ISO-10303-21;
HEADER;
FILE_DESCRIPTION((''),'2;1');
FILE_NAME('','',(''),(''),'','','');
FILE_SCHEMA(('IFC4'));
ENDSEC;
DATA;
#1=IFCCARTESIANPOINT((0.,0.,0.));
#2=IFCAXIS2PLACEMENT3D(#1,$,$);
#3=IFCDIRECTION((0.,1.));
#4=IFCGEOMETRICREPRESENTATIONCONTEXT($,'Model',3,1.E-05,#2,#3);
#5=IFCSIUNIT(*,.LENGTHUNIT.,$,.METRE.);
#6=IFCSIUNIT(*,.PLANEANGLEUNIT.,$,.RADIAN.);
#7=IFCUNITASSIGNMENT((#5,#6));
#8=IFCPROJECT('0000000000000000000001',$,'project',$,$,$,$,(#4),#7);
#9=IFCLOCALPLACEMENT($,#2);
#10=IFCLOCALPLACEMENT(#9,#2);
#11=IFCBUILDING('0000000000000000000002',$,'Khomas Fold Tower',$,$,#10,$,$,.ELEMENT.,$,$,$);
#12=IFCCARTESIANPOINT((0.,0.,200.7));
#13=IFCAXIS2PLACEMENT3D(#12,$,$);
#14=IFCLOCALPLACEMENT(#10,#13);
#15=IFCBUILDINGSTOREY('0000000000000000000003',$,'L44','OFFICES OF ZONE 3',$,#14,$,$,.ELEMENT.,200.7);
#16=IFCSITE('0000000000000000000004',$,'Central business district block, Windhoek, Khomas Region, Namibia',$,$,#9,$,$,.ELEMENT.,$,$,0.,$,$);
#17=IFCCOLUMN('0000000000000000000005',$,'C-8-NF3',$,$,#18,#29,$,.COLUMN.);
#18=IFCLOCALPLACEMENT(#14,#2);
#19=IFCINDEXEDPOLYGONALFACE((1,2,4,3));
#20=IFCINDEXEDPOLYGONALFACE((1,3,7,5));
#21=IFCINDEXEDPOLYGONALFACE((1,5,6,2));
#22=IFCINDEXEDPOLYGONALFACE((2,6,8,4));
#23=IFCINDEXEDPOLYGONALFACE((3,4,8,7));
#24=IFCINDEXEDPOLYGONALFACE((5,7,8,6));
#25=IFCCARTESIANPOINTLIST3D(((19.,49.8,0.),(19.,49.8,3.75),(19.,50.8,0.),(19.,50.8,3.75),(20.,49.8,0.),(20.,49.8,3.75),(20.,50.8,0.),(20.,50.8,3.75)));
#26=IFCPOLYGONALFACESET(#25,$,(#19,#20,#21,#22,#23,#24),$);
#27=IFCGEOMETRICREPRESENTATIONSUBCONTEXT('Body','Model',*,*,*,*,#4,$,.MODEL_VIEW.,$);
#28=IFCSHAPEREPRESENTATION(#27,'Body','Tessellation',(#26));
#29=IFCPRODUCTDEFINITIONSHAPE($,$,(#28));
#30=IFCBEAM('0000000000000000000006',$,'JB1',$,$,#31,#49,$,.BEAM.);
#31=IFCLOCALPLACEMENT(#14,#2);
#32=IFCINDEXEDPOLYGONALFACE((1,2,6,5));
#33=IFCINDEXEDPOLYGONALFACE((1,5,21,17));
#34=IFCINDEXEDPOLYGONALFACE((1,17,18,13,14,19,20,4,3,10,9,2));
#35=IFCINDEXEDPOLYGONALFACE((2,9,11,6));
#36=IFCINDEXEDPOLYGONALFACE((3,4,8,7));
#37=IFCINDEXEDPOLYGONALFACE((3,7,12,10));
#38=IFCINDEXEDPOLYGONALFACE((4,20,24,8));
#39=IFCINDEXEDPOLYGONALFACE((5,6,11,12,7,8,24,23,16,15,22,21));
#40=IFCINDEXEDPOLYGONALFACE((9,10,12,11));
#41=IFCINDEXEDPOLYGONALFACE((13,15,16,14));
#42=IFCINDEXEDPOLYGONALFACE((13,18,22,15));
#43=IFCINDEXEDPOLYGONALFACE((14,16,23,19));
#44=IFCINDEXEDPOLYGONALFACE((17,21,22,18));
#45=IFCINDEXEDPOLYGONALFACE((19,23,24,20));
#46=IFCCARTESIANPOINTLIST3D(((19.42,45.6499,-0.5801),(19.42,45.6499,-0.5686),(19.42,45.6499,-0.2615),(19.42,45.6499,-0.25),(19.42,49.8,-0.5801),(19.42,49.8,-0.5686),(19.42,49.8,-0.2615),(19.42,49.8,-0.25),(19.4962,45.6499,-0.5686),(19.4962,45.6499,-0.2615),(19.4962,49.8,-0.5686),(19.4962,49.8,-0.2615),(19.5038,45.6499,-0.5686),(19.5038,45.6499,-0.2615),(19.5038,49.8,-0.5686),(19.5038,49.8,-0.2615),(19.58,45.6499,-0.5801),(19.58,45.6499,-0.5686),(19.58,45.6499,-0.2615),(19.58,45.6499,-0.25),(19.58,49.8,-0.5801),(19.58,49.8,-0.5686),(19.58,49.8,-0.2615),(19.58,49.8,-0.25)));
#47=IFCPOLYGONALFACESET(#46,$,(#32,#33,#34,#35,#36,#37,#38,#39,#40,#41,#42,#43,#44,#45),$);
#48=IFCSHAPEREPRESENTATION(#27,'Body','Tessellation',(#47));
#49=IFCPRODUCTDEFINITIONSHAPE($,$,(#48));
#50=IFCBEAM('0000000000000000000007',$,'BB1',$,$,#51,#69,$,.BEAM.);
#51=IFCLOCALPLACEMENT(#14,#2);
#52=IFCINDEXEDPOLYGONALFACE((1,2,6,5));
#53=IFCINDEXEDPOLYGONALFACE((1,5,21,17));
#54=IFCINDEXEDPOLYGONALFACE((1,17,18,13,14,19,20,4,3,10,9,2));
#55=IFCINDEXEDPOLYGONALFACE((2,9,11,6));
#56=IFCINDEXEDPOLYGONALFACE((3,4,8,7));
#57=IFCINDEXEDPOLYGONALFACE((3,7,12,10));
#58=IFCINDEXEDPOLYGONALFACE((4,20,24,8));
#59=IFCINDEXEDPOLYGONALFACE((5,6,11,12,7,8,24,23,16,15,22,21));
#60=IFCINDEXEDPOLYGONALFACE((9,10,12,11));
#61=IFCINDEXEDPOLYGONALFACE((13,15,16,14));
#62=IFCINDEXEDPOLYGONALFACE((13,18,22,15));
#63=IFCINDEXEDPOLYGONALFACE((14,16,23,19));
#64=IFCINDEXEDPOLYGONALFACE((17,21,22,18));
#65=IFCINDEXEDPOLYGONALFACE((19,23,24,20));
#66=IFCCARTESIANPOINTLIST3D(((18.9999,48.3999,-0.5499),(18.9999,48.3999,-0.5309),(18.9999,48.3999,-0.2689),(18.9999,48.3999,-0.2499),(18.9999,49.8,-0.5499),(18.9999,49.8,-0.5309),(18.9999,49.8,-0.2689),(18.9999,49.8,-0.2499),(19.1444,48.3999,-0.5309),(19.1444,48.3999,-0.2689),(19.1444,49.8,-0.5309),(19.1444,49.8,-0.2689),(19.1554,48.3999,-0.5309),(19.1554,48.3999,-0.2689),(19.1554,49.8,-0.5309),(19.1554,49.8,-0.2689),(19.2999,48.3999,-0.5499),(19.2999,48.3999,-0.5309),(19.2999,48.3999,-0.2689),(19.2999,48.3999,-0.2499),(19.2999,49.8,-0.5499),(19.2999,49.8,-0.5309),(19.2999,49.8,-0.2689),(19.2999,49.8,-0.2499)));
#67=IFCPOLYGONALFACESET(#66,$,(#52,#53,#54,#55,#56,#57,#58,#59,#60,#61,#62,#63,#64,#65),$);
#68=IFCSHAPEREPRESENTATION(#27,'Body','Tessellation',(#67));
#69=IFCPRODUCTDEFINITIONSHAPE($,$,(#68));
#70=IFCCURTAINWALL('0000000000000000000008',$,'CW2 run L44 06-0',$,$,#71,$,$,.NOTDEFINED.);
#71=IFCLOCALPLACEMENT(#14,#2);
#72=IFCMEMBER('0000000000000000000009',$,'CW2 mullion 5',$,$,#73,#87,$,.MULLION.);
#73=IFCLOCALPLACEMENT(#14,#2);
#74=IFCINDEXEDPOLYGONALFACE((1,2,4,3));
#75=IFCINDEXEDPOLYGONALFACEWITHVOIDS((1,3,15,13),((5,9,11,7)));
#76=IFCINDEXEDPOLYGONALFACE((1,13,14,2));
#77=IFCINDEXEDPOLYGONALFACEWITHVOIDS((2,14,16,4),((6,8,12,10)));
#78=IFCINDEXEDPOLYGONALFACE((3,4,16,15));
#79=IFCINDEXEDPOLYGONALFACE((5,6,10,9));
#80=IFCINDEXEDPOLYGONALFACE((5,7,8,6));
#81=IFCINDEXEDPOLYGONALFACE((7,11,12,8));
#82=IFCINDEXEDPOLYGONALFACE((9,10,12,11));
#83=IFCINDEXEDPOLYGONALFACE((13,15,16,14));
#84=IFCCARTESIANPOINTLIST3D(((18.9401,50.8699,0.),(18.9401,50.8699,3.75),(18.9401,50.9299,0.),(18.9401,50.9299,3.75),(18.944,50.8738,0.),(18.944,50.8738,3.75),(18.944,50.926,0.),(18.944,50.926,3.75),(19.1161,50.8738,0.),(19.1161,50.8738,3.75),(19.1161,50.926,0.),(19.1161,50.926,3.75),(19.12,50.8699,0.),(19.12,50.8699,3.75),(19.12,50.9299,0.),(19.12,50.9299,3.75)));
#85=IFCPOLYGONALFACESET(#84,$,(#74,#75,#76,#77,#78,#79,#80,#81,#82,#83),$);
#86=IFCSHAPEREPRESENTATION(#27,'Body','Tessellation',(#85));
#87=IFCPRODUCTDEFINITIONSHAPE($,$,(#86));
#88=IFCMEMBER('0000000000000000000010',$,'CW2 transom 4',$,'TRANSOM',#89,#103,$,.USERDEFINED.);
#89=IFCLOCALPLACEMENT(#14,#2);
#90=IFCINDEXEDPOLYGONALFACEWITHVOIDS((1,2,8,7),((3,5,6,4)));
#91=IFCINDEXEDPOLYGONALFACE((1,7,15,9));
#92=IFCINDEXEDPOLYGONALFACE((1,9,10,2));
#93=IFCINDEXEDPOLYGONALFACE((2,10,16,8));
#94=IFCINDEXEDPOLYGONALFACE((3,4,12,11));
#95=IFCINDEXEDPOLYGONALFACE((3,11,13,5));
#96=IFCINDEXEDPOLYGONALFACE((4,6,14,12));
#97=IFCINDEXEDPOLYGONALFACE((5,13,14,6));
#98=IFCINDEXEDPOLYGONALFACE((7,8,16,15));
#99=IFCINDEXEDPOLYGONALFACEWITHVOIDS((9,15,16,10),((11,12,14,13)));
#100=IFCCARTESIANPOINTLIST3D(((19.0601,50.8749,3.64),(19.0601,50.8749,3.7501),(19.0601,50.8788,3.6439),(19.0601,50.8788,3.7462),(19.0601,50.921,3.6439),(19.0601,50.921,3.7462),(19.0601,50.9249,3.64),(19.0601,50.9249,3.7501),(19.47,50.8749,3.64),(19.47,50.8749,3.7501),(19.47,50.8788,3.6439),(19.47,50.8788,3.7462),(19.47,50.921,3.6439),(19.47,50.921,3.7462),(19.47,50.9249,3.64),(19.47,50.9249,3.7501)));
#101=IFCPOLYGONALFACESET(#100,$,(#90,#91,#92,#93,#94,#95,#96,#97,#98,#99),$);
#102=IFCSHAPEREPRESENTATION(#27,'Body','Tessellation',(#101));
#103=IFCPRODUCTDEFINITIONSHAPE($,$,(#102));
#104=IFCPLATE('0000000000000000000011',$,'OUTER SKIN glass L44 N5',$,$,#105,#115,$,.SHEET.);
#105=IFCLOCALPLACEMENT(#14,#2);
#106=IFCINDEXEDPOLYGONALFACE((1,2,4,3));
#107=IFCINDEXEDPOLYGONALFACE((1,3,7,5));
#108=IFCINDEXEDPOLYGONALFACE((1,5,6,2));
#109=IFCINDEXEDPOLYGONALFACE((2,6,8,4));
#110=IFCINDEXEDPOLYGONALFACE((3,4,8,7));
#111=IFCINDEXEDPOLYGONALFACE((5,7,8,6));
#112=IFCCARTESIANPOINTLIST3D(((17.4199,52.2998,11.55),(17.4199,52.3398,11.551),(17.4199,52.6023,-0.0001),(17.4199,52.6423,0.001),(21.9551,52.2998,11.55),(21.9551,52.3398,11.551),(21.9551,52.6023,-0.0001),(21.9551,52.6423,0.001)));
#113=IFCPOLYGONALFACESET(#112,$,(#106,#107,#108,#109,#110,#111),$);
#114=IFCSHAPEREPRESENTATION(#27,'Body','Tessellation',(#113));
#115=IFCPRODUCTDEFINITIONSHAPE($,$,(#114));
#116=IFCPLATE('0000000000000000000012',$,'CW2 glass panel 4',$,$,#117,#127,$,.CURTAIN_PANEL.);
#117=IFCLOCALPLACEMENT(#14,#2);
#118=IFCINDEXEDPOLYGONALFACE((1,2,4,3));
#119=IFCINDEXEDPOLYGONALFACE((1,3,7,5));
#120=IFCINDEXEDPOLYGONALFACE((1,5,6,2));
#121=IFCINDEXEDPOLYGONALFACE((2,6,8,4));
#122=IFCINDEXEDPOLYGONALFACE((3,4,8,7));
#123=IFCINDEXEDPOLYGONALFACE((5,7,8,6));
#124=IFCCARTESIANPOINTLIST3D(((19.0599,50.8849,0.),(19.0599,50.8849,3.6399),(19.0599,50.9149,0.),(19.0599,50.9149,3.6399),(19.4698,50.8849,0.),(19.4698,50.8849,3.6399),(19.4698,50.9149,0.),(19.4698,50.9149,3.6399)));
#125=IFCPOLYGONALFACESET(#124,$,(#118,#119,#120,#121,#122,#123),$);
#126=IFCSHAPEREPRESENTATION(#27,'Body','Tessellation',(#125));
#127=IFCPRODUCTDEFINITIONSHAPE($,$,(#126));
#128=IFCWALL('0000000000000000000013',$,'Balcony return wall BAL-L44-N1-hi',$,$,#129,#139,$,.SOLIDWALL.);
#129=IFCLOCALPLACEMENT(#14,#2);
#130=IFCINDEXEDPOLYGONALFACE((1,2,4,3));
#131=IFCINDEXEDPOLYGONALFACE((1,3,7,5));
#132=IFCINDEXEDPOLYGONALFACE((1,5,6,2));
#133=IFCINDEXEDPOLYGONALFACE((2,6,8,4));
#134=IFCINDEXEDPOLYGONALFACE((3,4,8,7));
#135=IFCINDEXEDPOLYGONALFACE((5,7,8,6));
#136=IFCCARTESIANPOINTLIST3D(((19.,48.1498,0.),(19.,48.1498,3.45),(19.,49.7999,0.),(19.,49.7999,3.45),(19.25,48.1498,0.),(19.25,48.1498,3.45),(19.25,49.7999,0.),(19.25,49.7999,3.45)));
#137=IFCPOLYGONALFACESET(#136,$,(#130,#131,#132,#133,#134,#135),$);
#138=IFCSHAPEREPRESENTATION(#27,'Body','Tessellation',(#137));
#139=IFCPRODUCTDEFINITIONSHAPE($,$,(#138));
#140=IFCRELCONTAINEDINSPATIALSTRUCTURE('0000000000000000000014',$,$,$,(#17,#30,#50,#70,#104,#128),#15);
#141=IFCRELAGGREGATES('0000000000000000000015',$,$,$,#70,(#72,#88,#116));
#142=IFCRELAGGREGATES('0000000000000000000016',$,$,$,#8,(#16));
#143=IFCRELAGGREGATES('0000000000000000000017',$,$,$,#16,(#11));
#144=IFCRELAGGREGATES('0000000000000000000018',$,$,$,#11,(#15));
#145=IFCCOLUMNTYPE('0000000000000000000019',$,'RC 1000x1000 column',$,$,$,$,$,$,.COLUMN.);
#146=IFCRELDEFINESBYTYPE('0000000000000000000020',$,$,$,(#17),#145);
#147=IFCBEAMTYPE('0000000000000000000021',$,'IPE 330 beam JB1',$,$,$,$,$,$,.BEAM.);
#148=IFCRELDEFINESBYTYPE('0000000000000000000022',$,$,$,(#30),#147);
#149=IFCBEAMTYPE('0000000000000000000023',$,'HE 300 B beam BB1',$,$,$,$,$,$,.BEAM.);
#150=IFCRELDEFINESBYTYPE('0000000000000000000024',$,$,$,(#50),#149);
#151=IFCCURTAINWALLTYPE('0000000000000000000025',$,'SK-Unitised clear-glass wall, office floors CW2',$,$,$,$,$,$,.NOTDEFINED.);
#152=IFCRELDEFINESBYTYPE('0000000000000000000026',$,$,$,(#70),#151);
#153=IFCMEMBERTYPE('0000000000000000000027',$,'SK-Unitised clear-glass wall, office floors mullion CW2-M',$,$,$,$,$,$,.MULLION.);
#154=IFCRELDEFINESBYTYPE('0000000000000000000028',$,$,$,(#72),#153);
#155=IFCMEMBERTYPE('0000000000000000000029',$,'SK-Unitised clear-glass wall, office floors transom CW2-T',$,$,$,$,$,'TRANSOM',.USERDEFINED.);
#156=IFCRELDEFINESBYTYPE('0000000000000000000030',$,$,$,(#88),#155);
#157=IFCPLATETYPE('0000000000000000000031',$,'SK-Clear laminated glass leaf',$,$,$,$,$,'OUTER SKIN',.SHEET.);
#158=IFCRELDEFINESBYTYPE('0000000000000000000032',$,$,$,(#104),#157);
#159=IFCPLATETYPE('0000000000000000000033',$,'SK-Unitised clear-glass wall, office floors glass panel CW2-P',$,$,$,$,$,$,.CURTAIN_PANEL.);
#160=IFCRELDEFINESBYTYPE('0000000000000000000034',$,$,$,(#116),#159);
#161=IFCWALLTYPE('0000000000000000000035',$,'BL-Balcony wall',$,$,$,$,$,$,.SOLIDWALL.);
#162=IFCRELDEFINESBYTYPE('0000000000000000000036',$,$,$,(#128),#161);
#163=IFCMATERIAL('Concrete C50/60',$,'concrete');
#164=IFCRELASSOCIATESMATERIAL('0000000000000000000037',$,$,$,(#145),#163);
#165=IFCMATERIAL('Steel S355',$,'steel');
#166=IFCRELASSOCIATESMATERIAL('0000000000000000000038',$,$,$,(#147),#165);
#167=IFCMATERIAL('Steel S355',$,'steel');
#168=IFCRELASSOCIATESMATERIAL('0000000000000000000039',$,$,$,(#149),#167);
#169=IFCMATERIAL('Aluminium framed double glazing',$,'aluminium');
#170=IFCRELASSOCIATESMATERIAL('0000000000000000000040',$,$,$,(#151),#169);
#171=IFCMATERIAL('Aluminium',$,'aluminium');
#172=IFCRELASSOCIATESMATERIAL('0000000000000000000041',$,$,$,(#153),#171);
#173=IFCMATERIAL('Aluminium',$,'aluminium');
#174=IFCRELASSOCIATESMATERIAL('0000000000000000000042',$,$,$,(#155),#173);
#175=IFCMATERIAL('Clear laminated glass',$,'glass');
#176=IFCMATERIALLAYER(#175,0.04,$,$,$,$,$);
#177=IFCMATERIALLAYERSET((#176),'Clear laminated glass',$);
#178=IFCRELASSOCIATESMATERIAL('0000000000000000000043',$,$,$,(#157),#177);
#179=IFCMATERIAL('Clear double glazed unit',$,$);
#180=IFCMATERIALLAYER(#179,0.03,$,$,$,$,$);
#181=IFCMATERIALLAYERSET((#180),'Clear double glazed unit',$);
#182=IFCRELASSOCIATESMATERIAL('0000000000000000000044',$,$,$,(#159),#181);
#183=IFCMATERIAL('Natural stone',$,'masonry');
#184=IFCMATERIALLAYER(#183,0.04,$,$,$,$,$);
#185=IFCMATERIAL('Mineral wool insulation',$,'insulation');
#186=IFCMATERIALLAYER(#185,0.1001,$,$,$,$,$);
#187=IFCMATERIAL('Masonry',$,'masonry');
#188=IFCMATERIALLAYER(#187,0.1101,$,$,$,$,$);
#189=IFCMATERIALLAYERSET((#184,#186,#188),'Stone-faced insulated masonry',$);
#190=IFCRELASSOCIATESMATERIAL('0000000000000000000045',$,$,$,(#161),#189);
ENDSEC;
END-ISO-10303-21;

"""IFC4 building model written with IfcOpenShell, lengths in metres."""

from ifc_helpers import new_model, si_unit, direction, frame, frame_2d, origin, origin_2d, place, context, subcontext, project, spatial, polyline, rectangle, hollow_rectangle, i_section, outline, extrude, source, transform, mapped, material, layer, layer_set, material_profile, profile_set, type_object, element, aggregate, save


model = new_model("IFC4")

# Units and contexts
model_context = context("Model", 3, precision=1e-05, world=origin(), true_north=direction((0.0, 1.0)))
body_context = subcontext(model_context, "Body", "Model", "MODEL_VIEW")
ifc_project = project(units=[si_unit("LENGTHUNIT", "METRE"), si_unit("PLANEANGLEUNIT", "RADIAN")], contexts=[model_context])

# Site, building, storey
site_placement = place(None, origin())
site = spatial("IfcSite", under=ifc_project, at=site_placement, Name="Central business district block, Windhoek, Khomas Region, Namibia", CompositionType="ELEMENT", RefElevation=0.0)
building_placement = place(site_placement, origin())
building = spatial("IfcBuilding", under=site, at=building_placement, Name="Khomas Fold Tower", CompositionType="ELEMENT")
storey_placement = place(building_placement, frame((0.0, 0.0, 200.7)))
storey = spatial("IfcBuildingStorey", under=building, at=storey_placement, Name="L44", Description="OFFICES OF ZONE 3", CompositionType="ELEMENT", Elevation=200.7)

# Column
ifc_material_1 = material(Name="Concrete C50/60", Category="concrete")
ifc_material_profile_1 = material_profile(ifc_material_1, rectangle(XDim=1.0, YDim=1.0, at=origin_2d()), Name="RC 1000x1000")
ifc_profile_set_1 = profile_set([ifc_material_profile_1], Name="Concrete C50/60")
column_type = type_object("IfcColumnType", Name="RC 1000x1000 column", PredefinedType="COLUMN", material=ifc_profile_set_1)
shared_shape_1 = source(origin(), body_context, "Body", "SweptSolid", [
    extrude(rectangle(XDim=1.0, YDim=1.0, at=origin_2d()), origin(), (0.0, 0.0, 1.0), 3.75),
])
column_placement = place(storey_placement, frame((19.5, 50.3, 0.0), z_axis=(0.0, 0.0, 1.0), x_axis=(1.0, 0.0, 0.0)))
element("IfcColumn", 1, at=column_placement, inside=storey, type_object=column_type, Name="C-8-NF3", PredefinedType="COLUMN", context=body_context, shape_type="MappedRepresentation", body=[
    mapped(shared_shape_1, transform((0.0, 0.0, 0.0))),
])

# Beams
ifc_material_2 = material(Name="Steel S355", Category="steel")
ifc_material_profile_2 = material_profile(ifc_material_2, i_section(OverallWidth=0.1599, OverallDepth=0.3301, WebThickness=0.0076, FlangeThickness=0.0115, at=origin_2d()), Name="IPE 330")
ifc_profile_set_2 = profile_set([ifc_material_profile_2], Name="Steel S355")
beam_type_1 = type_object("IfcBeamType", Name="IPE 330 beam JB1", PredefinedType="BEAM", material=ifc_profile_set_2)
shared_shape_2 = source(origin(), body_context, "Body", "SweptSolid", [
    extrude(i_section(OverallWidth=0.1599, OverallDepth=0.3301, WebThickness=0.0076, FlangeThickness=0.0115, at=origin_2d()), origin(), (0.0, 0.0, 1.0), 4.1501),
])
beam_1_placement = place(storey_placement, frame((19.5, 45.6499, -0.415), z_axis=(0.0, 1.0, 0.0), x_axis=(-1.0, 0.0, 0.0)))
element("IfcBeam", 2, at=beam_1_placement, inside=storey, type_object=beam_type_1, Name="JB1", PredefinedType="BEAM", context=body_context, shape_type="MappedRepresentation", body=[
    mapped(shared_shape_2, transform((0.0, 0.0, 0.0))),
])
ifc_material_3 = material(Name="Steel S355", Category="steel")
ifc_material_profile_3 = material_profile(ifc_material_3, i_section(OverallWidth=0.3, OverallDepth=0.3, WebThickness=0.011, FlangeThickness=0.019, at=origin_2d()), Name="HE 300 B")
ifc_profile_set_3 = profile_set([ifc_material_profile_3], Name="Steel S355")
beam_type_2 = type_object("IfcBeamType", Name="HE 300 B beam BB1", PredefinedType="BEAM", material=ifc_profile_set_3)
shared_shape_3 = source(origin(), body_context, "Body", "SweptSolid", [
    extrude(i_section(OverallWidth=0.3, OverallDepth=0.3, WebThickness=0.011, FlangeThickness=0.019, at=origin_2d()), origin(), (0.0, 0.0, 1.0), 1.4001),
])
beam_2_placement = place(storey_placement, frame((19.1499, 48.3999, -0.3999), z_axis=(0.0, 1.0, 0.0), x_axis=(-1.0, 0.0, 0.0)))
element("IfcBeam", 3, at=beam_2_placement, inside=storey, type_object=beam_type_2, Name="BB1", PredefinedType="BEAM", context=body_context, shape_type="MappedRepresentation", body=[
    mapped(shared_shape_3, transform((0.0, 0.0, 0.0))),
])

# Curtain wall, members
ifc_material_4 = material(Name="Aluminium framed double glazing", Category="aluminium")
curtain_wall_type = type_object("IfcCurtainWallType", Name="SK-Unitised clear-glass wall, office floors CW2", PredefinedType="NOTDEFINED", material=ifc_material_4)
curtain_wall_placement = place(storey_placement, origin())
curtain_wall = element("IfcCurtainWall", 4, at=curtain_wall_placement, inside=storey, type_object=curtain_wall_type, Name="CW2 run L44 06-0", PredefinedType="NOTDEFINED")
ifc_material_5 = material(Name="Aluminium", Category="aluminium")
ifc_material_profile_4 = material_profile(ifc_material_5, hollow_rectangle(XDim=0.0601, YDim=0.1799, WallThickness=0.0039, at=origin_2d()), Name="SK-Unitised clear-glass wall, office floors mullion CW2-M")
ifc_profile_set_4 = profile_set([ifc_material_profile_4], Name="Aluminium")
member_type_1 = type_object("IfcMemberType", Name="SK-Unitised clear-glass wall, office floors mullion CW2-M", PredefinedType="MULLION", material=ifc_profile_set_4)
shared_shape_4 = source(origin(), body_context, "Body", "SweptSolid", [
    extrude(hollow_rectangle(XDim=0.0601, YDim=0.1799, WallThickness=0.0039, at=origin_2d()), origin(), (0.0, 0.0, 1.0), 3.75),
])
member_1_placement = place(storey_placement, frame((19.03, 50.8999, 0.0), z_axis=(0.0, 0.0, 1.0), x_axis=(0.0, -1.0, 0.0)))
member_1 = element("IfcMember", 5, at=member_1_placement, type_object=member_type_1, Name="CW2 mullion 5", PredefinedType="MULLION", context=body_context, shape_type="MappedRepresentation", body=[
    mapped(shared_shape_4, transform((0.0, 0.0, 0.0))),
])
ifc_material_6 = material(Name="Aluminium", Category="aluminium")
ifc_material_profile_5 = material_profile(ifc_material_6, hollow_rectangle(XDim=0.05, YDim=0.1101, WallThickness=0.0039, at=origin_2d()), Name="SK-Unitised clear-glass wall, office floors transom CW2-T")
ifc_profile_set_5 = profile_set([ifc_material_profile_5], Name="Aluminium")
member_type_2 = type_object("IfcMemberType", Name="SK-Unitised clear-glass wall, office floors transom CW2-T", ElementType="TRANSOM", PredefinedType="USERDEFINED", material=ifc_profile_set_5)
shared_shape_5 = source(origin(), body_context, "Body", "SweptSolid", [
    extrude(hollow_rectangle(XDim=0.05, YDim=0.1101, WallThickness=0.0039, at=origin_2d()), origin(), (0.0, 0.0, 1.0), 0.4099),
])
member_2_placement = place(storey_placement, frame((19.47, 50.8999, 3.6951), z_axis=(-1.0, 0.0, 0.0), x_axis=(0.0, -1.0, 0.0)))
member_2 = element("IfcMember", 6, at=member_2_placement, type_object=member_type_2, Name="CW2 transom 4", ObjectType="TRANSOM", PredefinedType="USERDEFINED", context=body_context, shape_type="MappedRepresentation", body=[
    mapped(shared_shape_5, transform((0.0, 0.0, 0.0))),
])

# Plates
ifc_material_7 = material(Name="Clear laminated glass", Category="glass")
ifc_layer_1 = layer(ifc_material_7, 0.04)
ifc_layer_set_1 = layer_set([ifc_layer_1], Name="Clear laminated glass")
plate_type_1 = type_object("IfcPlateType", Name="SK-Clear laminated glass leaf", ElementType="OUTER SKIN", PredefinedType="SHEET", material=ifc_layer_set_1)
plate_1_placement = place(storey_placement, frame((17.4199, 52.6423, 0.001), z_axis=(0.0, 0.999657, 0.026181), x_axis=(1.0, 0.0, 0.0)))
element("IfcPlate", 7, at=plate_1_placement, inside=storey, type_object=plate_type_1, Name="OUTER SKIN glass L44 N5", PredefinedType="SHEET", context=body_context, shape_type="SweptSolid", body=[
    extrude(outline(polyline([(0.0, 0.0), (4.5352, 0.0), (4.5352, -11.554), (0.0, -11.554), (0.0, 0.0)])), origin(), (0.0, 0.0, -1.0), 0.04),
])
ifc_material_8 = material(Name="Clear double glazed unit")
ifc_layer_2 = layer(ifc_material_8, 0.03)
ifc_layer_set_2 = layer_set([ifc_layer_2], Name="Clear double glazed unit")
plate_type_2 = type_object("IfcPlateType", Name="SK-Unitised clear-glass wall, office floors glass panel CW2-P", PredefinedType="CURTAIN_PANEL", material=ifc_layer_set_2)
shared_shape_6 = source(origin(), body_context, "Body", "SweptSolid", [
    extrude(rectangle(XDim=0.4099, YDim=0.03, at=origin_2d()), origin(), (0.0, 0.0, 1.0), 3.6399),
])
plate_2_placement = place(storey_placement, frame((19.2649, 50.8999, 0.0), z_axis=(0.0, 0.0, 1.0), x_axis=(-1.0, 0.0, 0.0)))
plate_2 = element("IfcPlate", 8, at=plate_2_placement, type_object=plate_type_2, Name="CW2 glass panel 4", PredefinedType="CURTAIN_PANEL", context=body_context, shape_type="MappedRepresentation", body=[
    mapped(shared_shape_6, transform((0.0, 0.0, 0.0))),
])
aggregate(curtain_wall, [member_1, member_2, plate_2])

# Wall
ifc_material_9 = material(Name="Natural stone", Category="masonry")
ifc_layer_3 = layer(ifc_material_9, 0.04)
ifc_material_10 = material(Name="Mineral wool insulation", Category="insulation")
ifc_layer_4 = layer(ifc_material_10, 0.1001)
ifc_material_11 = material(Name="Masonry", Category="masonry")
ifc_layer_5 = layer(ifc_material_11, 0.1101)
ifc_layer_set_3 = layer_set([ifc_layer_3, ifc_layer_4, ifc_layer_5], Name="Stone-faced insulated masonry")
wall_type_1 = type_object("IfcWallType", Name="BL-Balcony wall", PredefinedType="SOLIDWALL", material=ifc_layer_set_3)
shared_shape_7 = source(origin(), body_context, "Body", "SweptSolid", [
    extrude(rectangle(XDim=1.6501, YDim=0.25, at=frame_2d((0.8252, 0.0))), origin(), (0.0, 0.0, 1.0), 3.45),
])
wall_1_placement = place(storey_placement, frame((19.125, 49.8, 0.0), z_axis=(0.0, 0.0, 1.0), x_axis=(0.0, -1.0, 0.0)))
element("IfcWall", 9, at=wall_1_placement, inside=storey, type_object=wall_type_1, Name="Balcony return wall BAL-L44-N1-hi", PredefinedType="SOLIDWALL", context=body_context, shape_type="MappedRepresentation", body=[
    mapped(shared_shape_7, transform((0.0, 0.0, 0.0))),
])

save(model, "model.ifc")
